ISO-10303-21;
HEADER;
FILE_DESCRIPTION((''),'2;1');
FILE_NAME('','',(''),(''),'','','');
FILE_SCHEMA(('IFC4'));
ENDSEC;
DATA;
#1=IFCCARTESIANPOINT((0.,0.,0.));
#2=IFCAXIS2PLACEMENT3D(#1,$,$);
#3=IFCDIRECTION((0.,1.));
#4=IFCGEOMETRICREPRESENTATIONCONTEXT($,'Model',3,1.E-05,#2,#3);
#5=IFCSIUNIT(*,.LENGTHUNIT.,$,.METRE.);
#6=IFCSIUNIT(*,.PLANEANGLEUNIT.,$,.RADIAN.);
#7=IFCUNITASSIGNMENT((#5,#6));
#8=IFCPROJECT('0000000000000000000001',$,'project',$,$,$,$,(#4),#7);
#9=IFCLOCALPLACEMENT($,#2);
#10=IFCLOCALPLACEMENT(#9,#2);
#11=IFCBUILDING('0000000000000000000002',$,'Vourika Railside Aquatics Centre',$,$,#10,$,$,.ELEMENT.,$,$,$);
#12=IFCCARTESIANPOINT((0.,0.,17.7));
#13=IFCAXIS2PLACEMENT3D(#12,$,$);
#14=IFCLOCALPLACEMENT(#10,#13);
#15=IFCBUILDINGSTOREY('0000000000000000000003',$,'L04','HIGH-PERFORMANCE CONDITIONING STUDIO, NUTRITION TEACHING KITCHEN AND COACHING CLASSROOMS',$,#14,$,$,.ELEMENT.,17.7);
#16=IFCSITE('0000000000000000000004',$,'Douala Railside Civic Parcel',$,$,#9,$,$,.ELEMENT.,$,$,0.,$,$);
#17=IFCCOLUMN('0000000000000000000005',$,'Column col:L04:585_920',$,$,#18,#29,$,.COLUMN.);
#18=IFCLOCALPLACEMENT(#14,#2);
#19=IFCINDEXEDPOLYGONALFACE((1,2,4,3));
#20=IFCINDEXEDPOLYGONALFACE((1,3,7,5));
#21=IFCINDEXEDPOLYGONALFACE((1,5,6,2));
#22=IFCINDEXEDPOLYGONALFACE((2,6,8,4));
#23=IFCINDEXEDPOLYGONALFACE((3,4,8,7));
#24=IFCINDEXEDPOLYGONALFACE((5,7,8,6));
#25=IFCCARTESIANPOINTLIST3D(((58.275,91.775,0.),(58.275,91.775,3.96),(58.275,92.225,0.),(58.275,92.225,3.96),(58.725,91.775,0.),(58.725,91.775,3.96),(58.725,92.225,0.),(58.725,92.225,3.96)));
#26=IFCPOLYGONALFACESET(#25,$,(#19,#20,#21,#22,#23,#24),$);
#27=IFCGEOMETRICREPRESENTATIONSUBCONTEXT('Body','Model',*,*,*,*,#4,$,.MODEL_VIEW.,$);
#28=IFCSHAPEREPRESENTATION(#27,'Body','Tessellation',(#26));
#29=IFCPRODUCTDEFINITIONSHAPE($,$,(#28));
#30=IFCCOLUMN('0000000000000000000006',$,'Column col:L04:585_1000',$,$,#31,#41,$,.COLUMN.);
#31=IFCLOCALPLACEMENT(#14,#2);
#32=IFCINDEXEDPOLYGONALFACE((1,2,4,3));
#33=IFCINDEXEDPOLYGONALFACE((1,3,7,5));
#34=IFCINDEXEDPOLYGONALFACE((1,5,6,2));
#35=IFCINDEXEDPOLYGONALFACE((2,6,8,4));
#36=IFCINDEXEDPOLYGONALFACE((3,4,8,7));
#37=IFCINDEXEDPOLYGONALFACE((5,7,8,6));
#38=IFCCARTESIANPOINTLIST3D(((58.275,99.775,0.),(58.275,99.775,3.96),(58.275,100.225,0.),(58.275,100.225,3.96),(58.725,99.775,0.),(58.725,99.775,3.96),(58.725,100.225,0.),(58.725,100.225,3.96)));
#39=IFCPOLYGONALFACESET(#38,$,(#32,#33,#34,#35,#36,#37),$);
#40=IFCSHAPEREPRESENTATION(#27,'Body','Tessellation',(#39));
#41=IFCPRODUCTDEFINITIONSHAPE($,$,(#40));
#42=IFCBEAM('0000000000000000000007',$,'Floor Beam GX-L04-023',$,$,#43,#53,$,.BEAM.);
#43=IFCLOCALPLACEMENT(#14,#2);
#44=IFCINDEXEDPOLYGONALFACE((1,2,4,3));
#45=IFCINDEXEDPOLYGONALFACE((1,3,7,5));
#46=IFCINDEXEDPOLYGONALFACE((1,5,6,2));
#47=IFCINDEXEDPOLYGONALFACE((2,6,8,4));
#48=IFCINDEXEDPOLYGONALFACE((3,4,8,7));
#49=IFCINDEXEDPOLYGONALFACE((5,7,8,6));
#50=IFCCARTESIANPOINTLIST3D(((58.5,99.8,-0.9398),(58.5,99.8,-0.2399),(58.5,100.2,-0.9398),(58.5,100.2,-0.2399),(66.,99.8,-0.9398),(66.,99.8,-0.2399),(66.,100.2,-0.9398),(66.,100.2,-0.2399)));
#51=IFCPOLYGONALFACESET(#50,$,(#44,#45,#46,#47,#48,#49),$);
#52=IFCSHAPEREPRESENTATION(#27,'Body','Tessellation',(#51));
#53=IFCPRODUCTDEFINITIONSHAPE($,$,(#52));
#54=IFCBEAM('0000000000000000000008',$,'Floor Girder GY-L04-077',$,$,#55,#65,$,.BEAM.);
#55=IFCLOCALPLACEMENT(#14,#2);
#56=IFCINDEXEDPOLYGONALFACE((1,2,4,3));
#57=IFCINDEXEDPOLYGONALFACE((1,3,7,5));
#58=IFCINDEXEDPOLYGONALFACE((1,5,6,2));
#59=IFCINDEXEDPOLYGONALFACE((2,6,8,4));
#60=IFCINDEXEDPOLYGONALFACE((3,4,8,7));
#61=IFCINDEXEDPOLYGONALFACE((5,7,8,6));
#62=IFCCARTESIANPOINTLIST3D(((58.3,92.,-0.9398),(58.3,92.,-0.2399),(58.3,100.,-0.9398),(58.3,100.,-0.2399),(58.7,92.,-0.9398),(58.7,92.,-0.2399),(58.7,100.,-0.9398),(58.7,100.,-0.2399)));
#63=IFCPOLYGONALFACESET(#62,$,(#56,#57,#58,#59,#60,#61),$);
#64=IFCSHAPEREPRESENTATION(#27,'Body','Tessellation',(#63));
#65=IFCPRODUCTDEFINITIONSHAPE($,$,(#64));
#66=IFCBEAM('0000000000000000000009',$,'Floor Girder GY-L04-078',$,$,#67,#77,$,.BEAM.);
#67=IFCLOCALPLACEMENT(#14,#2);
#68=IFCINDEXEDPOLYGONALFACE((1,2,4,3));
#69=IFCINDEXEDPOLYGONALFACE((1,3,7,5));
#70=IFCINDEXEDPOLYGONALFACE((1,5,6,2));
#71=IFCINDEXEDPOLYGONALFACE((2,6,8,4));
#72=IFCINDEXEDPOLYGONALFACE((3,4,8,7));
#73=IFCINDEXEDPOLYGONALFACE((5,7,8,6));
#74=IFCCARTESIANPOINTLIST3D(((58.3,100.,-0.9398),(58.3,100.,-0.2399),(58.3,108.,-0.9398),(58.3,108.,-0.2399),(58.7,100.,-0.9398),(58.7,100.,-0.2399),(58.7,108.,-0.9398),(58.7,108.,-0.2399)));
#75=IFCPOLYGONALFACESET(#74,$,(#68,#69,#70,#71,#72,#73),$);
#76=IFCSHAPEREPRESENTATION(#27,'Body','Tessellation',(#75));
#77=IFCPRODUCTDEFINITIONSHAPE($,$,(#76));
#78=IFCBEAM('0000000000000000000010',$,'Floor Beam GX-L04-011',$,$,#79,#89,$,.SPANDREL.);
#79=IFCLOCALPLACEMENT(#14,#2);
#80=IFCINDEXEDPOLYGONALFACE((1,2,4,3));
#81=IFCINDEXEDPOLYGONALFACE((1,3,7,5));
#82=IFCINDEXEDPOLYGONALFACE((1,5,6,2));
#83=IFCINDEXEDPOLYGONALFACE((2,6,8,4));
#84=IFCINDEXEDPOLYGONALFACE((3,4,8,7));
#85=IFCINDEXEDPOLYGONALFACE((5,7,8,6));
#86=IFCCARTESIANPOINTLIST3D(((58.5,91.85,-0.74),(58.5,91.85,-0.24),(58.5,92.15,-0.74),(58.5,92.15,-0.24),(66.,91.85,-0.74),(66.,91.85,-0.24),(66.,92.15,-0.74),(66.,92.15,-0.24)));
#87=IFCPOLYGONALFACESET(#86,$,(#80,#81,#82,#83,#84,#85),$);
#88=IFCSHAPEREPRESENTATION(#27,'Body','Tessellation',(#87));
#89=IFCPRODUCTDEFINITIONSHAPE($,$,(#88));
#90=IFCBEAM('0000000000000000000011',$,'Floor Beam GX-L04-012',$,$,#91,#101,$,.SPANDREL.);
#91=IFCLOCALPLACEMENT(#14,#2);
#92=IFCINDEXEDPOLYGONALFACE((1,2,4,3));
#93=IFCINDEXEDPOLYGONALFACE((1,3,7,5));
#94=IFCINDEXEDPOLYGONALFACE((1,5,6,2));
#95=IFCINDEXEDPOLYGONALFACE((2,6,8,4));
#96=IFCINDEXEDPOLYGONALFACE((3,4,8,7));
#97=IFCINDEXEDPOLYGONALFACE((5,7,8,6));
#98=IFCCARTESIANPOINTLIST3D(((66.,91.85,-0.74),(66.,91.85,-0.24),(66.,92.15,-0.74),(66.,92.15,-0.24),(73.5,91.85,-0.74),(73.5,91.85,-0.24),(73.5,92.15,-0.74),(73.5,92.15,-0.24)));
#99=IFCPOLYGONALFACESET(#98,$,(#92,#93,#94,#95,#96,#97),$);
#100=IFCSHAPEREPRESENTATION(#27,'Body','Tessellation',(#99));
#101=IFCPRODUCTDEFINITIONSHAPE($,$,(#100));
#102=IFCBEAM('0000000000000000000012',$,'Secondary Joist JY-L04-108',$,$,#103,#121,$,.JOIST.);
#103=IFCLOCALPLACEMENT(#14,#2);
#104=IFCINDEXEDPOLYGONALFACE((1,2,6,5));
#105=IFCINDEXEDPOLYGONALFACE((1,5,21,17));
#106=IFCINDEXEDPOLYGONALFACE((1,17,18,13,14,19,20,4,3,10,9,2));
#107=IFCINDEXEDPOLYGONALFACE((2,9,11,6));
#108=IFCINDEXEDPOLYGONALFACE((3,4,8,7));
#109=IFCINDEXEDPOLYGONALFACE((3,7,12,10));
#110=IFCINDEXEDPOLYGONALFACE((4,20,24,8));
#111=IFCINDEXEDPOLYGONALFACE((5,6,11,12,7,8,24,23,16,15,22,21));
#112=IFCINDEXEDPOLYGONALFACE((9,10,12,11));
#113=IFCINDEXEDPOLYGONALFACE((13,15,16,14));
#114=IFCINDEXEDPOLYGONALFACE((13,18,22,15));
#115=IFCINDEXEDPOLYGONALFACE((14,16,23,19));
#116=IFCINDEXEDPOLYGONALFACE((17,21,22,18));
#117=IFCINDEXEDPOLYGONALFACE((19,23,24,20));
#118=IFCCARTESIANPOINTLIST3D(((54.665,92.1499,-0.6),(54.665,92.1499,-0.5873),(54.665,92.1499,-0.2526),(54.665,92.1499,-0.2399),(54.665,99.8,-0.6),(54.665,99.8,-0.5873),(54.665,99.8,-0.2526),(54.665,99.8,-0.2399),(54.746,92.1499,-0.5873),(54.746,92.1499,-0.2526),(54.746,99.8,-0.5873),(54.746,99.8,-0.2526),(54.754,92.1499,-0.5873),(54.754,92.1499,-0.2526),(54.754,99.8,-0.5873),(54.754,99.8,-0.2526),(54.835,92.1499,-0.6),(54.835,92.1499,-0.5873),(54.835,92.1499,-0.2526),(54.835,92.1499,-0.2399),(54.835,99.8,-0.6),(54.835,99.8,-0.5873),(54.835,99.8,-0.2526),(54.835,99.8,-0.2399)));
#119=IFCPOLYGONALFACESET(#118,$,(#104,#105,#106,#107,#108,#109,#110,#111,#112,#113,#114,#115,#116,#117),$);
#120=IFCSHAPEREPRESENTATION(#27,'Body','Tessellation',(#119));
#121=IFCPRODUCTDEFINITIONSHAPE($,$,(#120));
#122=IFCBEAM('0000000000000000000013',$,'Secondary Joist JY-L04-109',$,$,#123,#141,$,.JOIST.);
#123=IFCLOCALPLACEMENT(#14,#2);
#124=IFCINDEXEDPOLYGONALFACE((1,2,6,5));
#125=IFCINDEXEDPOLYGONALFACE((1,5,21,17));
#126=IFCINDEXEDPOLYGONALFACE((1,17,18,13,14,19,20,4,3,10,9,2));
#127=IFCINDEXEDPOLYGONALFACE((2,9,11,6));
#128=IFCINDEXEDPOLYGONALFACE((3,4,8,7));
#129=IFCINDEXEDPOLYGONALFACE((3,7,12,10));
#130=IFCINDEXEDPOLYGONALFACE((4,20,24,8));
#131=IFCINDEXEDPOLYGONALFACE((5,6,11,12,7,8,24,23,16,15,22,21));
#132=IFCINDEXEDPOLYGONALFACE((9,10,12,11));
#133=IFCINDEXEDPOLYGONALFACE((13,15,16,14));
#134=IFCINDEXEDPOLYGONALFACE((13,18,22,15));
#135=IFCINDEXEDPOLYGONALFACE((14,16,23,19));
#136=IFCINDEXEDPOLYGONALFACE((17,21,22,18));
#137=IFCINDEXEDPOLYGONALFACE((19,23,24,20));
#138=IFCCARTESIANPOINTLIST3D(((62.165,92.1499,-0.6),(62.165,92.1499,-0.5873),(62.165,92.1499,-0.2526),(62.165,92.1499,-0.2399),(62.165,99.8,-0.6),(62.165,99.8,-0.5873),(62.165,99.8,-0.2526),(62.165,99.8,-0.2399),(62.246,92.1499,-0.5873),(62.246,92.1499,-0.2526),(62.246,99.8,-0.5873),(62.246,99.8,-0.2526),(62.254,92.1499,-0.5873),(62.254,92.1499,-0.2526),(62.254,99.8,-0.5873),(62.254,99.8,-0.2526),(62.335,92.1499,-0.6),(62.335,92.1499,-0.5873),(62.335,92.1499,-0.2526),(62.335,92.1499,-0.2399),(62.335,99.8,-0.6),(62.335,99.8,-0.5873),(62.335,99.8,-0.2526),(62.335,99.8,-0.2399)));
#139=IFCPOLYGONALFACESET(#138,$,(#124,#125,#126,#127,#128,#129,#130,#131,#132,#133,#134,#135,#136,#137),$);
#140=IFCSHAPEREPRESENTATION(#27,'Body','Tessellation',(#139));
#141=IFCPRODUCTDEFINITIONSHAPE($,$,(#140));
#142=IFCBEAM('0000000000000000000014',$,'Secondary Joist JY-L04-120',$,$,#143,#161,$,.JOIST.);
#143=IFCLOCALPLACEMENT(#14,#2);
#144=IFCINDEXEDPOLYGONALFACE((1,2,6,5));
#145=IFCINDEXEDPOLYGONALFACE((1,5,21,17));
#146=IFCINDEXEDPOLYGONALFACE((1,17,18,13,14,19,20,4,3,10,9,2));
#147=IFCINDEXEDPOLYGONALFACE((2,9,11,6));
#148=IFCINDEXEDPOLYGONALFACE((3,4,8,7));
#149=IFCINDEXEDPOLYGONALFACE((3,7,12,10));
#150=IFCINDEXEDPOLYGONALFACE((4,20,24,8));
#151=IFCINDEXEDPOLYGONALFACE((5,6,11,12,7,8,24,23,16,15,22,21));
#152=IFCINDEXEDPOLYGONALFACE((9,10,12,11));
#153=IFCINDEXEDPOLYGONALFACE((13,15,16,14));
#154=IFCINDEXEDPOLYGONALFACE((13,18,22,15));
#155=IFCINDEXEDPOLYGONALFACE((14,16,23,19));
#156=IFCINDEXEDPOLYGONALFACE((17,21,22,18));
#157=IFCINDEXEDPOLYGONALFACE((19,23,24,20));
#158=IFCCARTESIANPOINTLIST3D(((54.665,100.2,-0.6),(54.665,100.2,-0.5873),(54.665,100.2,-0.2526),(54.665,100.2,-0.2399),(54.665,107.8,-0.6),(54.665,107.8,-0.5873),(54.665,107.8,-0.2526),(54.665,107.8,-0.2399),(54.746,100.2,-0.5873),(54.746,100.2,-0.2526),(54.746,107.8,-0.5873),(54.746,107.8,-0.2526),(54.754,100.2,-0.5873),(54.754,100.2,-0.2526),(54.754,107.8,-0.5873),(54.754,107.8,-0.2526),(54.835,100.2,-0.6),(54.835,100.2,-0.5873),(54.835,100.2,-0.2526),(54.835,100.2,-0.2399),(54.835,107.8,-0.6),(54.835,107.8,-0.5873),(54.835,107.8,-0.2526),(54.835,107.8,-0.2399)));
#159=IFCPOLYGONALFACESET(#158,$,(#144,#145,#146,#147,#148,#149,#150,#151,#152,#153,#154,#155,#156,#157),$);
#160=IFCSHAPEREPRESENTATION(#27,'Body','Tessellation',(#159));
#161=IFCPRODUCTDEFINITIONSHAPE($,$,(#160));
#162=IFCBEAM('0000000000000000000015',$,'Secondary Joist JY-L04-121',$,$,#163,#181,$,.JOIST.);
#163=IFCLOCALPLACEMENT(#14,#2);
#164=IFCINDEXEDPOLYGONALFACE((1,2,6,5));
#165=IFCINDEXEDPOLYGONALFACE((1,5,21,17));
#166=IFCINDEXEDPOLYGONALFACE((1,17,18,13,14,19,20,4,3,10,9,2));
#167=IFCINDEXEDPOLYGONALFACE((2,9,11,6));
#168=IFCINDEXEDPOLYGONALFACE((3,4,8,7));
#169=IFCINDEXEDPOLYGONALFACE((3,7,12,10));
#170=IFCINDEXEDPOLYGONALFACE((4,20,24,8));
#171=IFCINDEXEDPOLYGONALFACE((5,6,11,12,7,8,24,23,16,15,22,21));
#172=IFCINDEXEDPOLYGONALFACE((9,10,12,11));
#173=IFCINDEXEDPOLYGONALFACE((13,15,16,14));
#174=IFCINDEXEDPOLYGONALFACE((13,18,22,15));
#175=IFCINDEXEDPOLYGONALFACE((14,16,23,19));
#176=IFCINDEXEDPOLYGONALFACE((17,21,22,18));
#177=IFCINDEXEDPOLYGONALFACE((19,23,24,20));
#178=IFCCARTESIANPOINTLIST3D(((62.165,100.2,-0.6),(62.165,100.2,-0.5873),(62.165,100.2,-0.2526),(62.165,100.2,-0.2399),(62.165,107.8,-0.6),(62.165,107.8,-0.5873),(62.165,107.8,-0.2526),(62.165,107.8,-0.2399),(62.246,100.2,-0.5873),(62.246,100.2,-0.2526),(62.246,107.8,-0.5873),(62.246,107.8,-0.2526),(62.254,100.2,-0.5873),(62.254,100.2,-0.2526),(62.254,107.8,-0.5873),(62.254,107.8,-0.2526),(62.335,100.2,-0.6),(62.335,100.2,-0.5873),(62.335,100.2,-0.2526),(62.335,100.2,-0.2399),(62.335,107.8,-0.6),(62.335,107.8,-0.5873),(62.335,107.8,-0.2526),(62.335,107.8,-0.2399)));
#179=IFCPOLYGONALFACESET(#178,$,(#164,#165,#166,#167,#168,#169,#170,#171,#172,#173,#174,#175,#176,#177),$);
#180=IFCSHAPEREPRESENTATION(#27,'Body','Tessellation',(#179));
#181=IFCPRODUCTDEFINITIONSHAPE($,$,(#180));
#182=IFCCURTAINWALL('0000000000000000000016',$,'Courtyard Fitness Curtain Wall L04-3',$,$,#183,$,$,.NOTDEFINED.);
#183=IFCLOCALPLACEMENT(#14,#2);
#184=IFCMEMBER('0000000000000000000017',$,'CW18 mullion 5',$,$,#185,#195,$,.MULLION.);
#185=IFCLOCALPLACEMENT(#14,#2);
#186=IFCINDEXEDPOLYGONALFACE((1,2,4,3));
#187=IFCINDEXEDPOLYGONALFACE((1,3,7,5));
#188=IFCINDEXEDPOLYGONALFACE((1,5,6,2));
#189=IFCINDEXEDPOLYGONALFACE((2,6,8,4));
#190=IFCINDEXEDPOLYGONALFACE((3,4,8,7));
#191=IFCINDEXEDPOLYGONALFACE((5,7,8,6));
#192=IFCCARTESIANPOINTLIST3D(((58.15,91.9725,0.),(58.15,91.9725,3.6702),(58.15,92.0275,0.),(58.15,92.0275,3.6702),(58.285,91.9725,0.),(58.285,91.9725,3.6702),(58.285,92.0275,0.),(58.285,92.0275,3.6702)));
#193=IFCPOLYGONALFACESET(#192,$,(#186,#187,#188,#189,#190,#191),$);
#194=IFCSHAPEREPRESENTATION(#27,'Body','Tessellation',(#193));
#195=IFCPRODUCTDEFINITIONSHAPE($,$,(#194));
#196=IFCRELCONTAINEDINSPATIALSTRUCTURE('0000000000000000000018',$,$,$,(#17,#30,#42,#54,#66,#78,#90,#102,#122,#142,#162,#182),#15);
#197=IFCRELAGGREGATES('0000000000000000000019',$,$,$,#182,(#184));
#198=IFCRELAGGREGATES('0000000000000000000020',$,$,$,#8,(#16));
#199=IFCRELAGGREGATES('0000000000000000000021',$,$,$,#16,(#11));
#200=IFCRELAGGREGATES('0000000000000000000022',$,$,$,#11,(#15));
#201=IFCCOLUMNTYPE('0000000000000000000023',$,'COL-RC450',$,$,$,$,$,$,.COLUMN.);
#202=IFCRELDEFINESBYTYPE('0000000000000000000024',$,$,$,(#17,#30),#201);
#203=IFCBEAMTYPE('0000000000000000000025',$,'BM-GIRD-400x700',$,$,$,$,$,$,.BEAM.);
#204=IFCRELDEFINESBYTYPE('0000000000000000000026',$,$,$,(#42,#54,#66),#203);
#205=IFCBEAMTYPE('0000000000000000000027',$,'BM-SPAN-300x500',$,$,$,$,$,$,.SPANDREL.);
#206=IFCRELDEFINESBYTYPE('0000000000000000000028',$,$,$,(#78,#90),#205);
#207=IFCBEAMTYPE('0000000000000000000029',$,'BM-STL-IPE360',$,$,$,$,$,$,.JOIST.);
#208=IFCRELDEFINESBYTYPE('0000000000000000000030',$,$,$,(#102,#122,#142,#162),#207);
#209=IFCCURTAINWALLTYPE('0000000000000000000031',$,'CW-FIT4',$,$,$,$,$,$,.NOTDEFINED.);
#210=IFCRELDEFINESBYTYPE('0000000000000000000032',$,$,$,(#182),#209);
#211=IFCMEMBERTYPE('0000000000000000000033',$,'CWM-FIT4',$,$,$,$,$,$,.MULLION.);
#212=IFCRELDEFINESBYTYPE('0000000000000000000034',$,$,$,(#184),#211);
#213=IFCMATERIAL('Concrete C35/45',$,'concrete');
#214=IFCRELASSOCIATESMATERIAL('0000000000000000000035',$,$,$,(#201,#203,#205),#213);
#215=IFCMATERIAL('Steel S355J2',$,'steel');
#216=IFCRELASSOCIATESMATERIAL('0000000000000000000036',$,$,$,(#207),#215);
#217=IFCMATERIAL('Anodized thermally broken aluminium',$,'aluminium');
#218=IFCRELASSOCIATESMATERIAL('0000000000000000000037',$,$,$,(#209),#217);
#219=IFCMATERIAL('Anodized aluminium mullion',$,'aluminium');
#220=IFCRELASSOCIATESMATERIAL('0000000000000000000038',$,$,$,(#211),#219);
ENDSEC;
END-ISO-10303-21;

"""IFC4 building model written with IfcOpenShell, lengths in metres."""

from ifc_helpers import new_model, si_unit, direction, frame, origin, origin_2d, place, context, subcontext, project, spatial, rectangle, i_section, extrude, material, material_profile, profile_set, type_object, element, aggregate, save


model = new_model("IFC4")

# Units and contexts
model_context = context("Model", 3, precision=1e-05, world=origin(), true_north=direction((0.0, 1.0)))
body_context = subcontext(model_context, "Body", "Model", "MODEL_VIEW")
ifc_project = project(units=[si_unit("LENGTHUNIT", "METRE"), si_unit("PLANEANGLEUNIT", "RADIAN")], contexts=[model_context])

# Site, building, storey
site_placement = place(None, origin())
site = spatial("IfcSite", under=ifc_project, at=site_placement, Name="Douala Railside Civic Parcel", CompositionType="ELEMENT", RefElevation=0.0)
building_placement = place(site_placement, origin())
building = spatial("IfcBuilding", under=site, at=building_placement, Name="Vourika Railside Aquatics Centre", CompositionType="ELEMENT")
storey_placement = place(building_placement, frame((0.0, 0.0, 17.7)))
storey = spatial("IfcBuildingStorey", under=building, at=storey_placement, Name="L04", Description="HIGH-PERFORMANCE CONDITIONING STUDIO, NUTRITION TEACHING KITCHEN AND COACHING CLASSROOMS", CompositionType="ELEMENT", Elevation=17.7)

# Columns
ifc_material_1 = material(Name="Concrete C35/45", Category="concrete")
ifc_material_profile_1 = material_profile(ifc_material_1, rectangle(XDim=0.45, YDim=0.45, at=origin_2d()), Name="RC 450x450")
ifc_profile_set_1 = profile_set([ifc_material_profile_1], Name="Concrete C35/45")
column_type = type_object("IfcColumnType", Name="COL-RC450", PredefinedType="COLUMN", material=ifc_profile_set_1)
for number, where, z_axis, x_axis, name in (
    (1, (58.5, 92.0, 0.0), (0.0, 0.0, 1.0), (1.0, 0.0, 0.0), "Column col:L04:585_920"),
    (2, (58.5, 100.0, 0.0), (0.0, 0.0, 1.0), (1.0, 0.0, 0.0), "Column col:L04:585_1000"),
):
    element("IfcColumn", number, at=place(storey_placement, frame(where, z_axis=z_axis, x_axis=x_axis)), inside=storey, type_object=column_type, Name=name, PredefinedType="COLUMN", context=body_context, shape_type="SweptSolid", body=[
        extrude(rectangle(XDim=0.45, YDim=0.45, at=origin_2d()), origin(), (0.0, 0.0, 1.0), 3.96),
    ])

# Beams
ifc_material_profile_2 = material_profile(ifc_material_1, rectangle(XDim=0.3999, YDim=0.7, at=origin_2d()), Name="RC 400x700")
ifc_profile_set_2 = profile_set([ifc_material_profile_2], Name="Concrete C35/45")
beam_type_1 = type_object("IfcBeamType", Name="BM-GIRD-400x700", PredefinedType="BEAM", material=ifc_profile_set_2)
beam_placement = place(storey_placement, frame((58.5, 100.0, -0.5898), z_axis=(1.0, 0.0, 0.0), x_axis=(0.0, 1.0, 0.0)))
element("IfcBeam", 3, at=beam_placement, inside=storey, type_object=beam_type_1, Name="Floor Beam GX-L04-023", PredefinedType="BEAM", context=body_context, shape_type="SweptSolid", body=[
    extrude(rectangle(XDim=0.3999, YDim=0.7, at=origin_2d()), origin(), (0.0, 0.0, 1.0), 7.5),
])
for number, where, z_axis, x_axis, name in (
    (4, (58.5, 92.0, -0.5898), (0.0, 1.0, 0.0), (-1.0, 0.0, 0.0), "Floor Girder GY-L04-077"),
    (5, (58.5, 100.0, -0.5898), (0.0, 1.0, 0.0), (-1.0, 0.0, 0.0), "Floor Girder GY-L04-078"),
):
    element("IfcBeam", number, at=place(storey_placement, frame(where, z_axis=z_axis, x_axis=x_axis)), inside=storey, type_object=beam_type_1, Name=name, PredefinedType="BEAM", context=body_context, shape_type="SweptSolid", body=[
        extrude(rectangle(XDim=0.3999, YDim=0.7, at=origin_2d()), origin(), (0.0, 0.0, 1.0), 8.0),
    ])
ifc_material_profile_3 = material_profile(ifc_material_1, rectangle(XDim=0.3, YDim=0.5, at=origin_2d()), Name="RC 300x500")
ifc_profile_set_3 = profile_set([ifc_material_profile_3], Name="Concrete C35/45")
beam_type_2 = type_object("IfcBeamType", Name="BM-SPAN-300x500", PredefinedType="SPANDREL", material=ifc_profile_set_3)
for number, where, z_axis, x_axis, name in (
    (6, (58.5, 92.0, -0.49), (1.0, 0.0, 0.0), (0.0, 1.0, 0.0), "Floor Beam GX-L04-011"),
    (7, (66.0, 92.0, -0.49), (1.0, 0.0, 0.0), (0.0, 1.0, 0.0), "Floor Beam GX-L04-012"),
):
    element("IfcBeam", number, at=place(storey_placement, frame(where, z_axis=z_axis, x_axis=x_axis)), inside=storey, type_object=beam_type_2, Name=name, PredefinedType="SPANDREL", context=body_context, shape_type="SweptSolid", body=[
        extrude(rectangle(XDim=0.3, YDim=0.5, at=origin_2d()), origin(), (0.0, 0.0, 1.0), 7.5),
    ])
ifc_material_2 = material(Name="Steel S355J2", Category="steel")
ifc_material_profile_4 = material_profile(ifc_material_2, i_section(OverallWidth=0.1699, OverallDepth=0.3601, WebThickness=0.0081, FlangeThickness=0.0127, at=origin_2d()), Name="IPE 360")
ifc_profile_set_4 = profile_set([ifc_material_profile_4], Name="Steel S355J2")
beam_type_3 = type_object("IfcBeamType", Name="BM-STL-IPE360", PredefinedType="JOIST", material=ifc_profile_set_4)
for number, where, z_axis, x_axis, name in (
    (8, (54.75, 92.1499, -0.4199), (0.0, 1.0, 0.0), (-1.0, 0.0, 0.0), "Secondary Joist JY-L04-108"),
    (9, (62.25, 92.1499, -0.4199), (0.0, 1.0, 0.0), (-1.0, 0.0, 0.0), "Secondary Joist JY-L04-109"),
):
    element("IfcBeam", number, at=place(storey_placement, frame(where, z_axis=z_axis, x_axis=x_axis)), inside=storey, type_object=beam_type_3, Name=name, PredefinedType="JOIST", context=body_context, shape_type="SweptSolid", body=[
        extrude(i_section(OverallWidth=0.1699, OverallDepth=0.3601, WebThickness=0.0081, FlangeThickness=0.0127, at=origin_2d()), origin(), (0.0, 0.0, 1.0), 7.6501),
    ])
for number, where, z_axis, x_axis, name in (
    (10, (54.75, 100.2, -0.4199), (0.0, 1.0, 0.0), (-1.0, 0.0, 0.0), "Secondary Joist JY-L04-120"),
    (11, (62.25, 100.2, -0.4199), (0.0, 1.0, 0.0), (-1.0, 0.0, 0.0), "Secondary Joist JY-L04-121"),
):
    element("IfcBeam", number, at=place(storey_placement, frame(where, z_axis=z_axis, x_axis=x_axis)), inside=storey, type_object=beam_type_3, Name=name, PredefinedType="JOIST", context=body_context, shape_type="SweptSolid", body=[
        extrude(i_section(OverallWidth=0.1699, OverallDepth=0.3601, WebThickness=0.0081, FlangeThickness=0.0127, at=origin_2d()), origin(), (0.0, 0.0, 1.0), 7.6001),
    ])

# Curtain wall, member
ifc_material_3 = material(Name="Anodized thermally broken aluminium", Category="aluminium")
curtain_wall_type = type_object("IfcCurtainWallType", Name="CW-FIT4", PredefinedType="NOTDEFINED", material=ifc_material_3)
curtain_wall_placement = place(storey_placement, origin())
curtain_wall = element("IfcCurtainWall", 12, at=curtain_wall_placement, inside=storey, type_object=curtain_wall_type, Name="Courtyard Fitness Curtain Wall L04-3", PredefinedType="NOTDEFINED")
ifc_material_4 = material(Name="Anodized aluminium mullion", Category="aluminium")
ifc_material_profile_5 = material_profile(ifc_material_4, rectangle(XDim=0.0549, YDim=0.135, at=origin_2d()), Name="ALU-M 55x135")
ifc_profile_set_5 = profile_set([ifc_material_profile_5], Name="Anodized aluminium mullion")
member_type = type_object("IfcMemberType", Name="CWM-FIT4", PredefinedType="MULLION", material=ifc_profile_set_5)
member_placement = place(storey_placement, frame((58.2175, 92.0, 0.0), z_axis=(0.0, 0.0, 1.0), x_axis=(0.0, 1.0, 0.0)))
member = element("IfcMember", 13, at=member_placement, type_object=member_type, Name="CW18 mullion 5", PredefinedType="MULLION", context=body_context, shape_type="SweptSolid", body=[
    extrude(rectangle(XDim=0.0549, YDim=0.135, at=origin_2d()), origin(), (0.0, 0.0, 1.0), 3.6702),
])
aggregate(curtain_wall, [member])

save(model, "model.ifc")
